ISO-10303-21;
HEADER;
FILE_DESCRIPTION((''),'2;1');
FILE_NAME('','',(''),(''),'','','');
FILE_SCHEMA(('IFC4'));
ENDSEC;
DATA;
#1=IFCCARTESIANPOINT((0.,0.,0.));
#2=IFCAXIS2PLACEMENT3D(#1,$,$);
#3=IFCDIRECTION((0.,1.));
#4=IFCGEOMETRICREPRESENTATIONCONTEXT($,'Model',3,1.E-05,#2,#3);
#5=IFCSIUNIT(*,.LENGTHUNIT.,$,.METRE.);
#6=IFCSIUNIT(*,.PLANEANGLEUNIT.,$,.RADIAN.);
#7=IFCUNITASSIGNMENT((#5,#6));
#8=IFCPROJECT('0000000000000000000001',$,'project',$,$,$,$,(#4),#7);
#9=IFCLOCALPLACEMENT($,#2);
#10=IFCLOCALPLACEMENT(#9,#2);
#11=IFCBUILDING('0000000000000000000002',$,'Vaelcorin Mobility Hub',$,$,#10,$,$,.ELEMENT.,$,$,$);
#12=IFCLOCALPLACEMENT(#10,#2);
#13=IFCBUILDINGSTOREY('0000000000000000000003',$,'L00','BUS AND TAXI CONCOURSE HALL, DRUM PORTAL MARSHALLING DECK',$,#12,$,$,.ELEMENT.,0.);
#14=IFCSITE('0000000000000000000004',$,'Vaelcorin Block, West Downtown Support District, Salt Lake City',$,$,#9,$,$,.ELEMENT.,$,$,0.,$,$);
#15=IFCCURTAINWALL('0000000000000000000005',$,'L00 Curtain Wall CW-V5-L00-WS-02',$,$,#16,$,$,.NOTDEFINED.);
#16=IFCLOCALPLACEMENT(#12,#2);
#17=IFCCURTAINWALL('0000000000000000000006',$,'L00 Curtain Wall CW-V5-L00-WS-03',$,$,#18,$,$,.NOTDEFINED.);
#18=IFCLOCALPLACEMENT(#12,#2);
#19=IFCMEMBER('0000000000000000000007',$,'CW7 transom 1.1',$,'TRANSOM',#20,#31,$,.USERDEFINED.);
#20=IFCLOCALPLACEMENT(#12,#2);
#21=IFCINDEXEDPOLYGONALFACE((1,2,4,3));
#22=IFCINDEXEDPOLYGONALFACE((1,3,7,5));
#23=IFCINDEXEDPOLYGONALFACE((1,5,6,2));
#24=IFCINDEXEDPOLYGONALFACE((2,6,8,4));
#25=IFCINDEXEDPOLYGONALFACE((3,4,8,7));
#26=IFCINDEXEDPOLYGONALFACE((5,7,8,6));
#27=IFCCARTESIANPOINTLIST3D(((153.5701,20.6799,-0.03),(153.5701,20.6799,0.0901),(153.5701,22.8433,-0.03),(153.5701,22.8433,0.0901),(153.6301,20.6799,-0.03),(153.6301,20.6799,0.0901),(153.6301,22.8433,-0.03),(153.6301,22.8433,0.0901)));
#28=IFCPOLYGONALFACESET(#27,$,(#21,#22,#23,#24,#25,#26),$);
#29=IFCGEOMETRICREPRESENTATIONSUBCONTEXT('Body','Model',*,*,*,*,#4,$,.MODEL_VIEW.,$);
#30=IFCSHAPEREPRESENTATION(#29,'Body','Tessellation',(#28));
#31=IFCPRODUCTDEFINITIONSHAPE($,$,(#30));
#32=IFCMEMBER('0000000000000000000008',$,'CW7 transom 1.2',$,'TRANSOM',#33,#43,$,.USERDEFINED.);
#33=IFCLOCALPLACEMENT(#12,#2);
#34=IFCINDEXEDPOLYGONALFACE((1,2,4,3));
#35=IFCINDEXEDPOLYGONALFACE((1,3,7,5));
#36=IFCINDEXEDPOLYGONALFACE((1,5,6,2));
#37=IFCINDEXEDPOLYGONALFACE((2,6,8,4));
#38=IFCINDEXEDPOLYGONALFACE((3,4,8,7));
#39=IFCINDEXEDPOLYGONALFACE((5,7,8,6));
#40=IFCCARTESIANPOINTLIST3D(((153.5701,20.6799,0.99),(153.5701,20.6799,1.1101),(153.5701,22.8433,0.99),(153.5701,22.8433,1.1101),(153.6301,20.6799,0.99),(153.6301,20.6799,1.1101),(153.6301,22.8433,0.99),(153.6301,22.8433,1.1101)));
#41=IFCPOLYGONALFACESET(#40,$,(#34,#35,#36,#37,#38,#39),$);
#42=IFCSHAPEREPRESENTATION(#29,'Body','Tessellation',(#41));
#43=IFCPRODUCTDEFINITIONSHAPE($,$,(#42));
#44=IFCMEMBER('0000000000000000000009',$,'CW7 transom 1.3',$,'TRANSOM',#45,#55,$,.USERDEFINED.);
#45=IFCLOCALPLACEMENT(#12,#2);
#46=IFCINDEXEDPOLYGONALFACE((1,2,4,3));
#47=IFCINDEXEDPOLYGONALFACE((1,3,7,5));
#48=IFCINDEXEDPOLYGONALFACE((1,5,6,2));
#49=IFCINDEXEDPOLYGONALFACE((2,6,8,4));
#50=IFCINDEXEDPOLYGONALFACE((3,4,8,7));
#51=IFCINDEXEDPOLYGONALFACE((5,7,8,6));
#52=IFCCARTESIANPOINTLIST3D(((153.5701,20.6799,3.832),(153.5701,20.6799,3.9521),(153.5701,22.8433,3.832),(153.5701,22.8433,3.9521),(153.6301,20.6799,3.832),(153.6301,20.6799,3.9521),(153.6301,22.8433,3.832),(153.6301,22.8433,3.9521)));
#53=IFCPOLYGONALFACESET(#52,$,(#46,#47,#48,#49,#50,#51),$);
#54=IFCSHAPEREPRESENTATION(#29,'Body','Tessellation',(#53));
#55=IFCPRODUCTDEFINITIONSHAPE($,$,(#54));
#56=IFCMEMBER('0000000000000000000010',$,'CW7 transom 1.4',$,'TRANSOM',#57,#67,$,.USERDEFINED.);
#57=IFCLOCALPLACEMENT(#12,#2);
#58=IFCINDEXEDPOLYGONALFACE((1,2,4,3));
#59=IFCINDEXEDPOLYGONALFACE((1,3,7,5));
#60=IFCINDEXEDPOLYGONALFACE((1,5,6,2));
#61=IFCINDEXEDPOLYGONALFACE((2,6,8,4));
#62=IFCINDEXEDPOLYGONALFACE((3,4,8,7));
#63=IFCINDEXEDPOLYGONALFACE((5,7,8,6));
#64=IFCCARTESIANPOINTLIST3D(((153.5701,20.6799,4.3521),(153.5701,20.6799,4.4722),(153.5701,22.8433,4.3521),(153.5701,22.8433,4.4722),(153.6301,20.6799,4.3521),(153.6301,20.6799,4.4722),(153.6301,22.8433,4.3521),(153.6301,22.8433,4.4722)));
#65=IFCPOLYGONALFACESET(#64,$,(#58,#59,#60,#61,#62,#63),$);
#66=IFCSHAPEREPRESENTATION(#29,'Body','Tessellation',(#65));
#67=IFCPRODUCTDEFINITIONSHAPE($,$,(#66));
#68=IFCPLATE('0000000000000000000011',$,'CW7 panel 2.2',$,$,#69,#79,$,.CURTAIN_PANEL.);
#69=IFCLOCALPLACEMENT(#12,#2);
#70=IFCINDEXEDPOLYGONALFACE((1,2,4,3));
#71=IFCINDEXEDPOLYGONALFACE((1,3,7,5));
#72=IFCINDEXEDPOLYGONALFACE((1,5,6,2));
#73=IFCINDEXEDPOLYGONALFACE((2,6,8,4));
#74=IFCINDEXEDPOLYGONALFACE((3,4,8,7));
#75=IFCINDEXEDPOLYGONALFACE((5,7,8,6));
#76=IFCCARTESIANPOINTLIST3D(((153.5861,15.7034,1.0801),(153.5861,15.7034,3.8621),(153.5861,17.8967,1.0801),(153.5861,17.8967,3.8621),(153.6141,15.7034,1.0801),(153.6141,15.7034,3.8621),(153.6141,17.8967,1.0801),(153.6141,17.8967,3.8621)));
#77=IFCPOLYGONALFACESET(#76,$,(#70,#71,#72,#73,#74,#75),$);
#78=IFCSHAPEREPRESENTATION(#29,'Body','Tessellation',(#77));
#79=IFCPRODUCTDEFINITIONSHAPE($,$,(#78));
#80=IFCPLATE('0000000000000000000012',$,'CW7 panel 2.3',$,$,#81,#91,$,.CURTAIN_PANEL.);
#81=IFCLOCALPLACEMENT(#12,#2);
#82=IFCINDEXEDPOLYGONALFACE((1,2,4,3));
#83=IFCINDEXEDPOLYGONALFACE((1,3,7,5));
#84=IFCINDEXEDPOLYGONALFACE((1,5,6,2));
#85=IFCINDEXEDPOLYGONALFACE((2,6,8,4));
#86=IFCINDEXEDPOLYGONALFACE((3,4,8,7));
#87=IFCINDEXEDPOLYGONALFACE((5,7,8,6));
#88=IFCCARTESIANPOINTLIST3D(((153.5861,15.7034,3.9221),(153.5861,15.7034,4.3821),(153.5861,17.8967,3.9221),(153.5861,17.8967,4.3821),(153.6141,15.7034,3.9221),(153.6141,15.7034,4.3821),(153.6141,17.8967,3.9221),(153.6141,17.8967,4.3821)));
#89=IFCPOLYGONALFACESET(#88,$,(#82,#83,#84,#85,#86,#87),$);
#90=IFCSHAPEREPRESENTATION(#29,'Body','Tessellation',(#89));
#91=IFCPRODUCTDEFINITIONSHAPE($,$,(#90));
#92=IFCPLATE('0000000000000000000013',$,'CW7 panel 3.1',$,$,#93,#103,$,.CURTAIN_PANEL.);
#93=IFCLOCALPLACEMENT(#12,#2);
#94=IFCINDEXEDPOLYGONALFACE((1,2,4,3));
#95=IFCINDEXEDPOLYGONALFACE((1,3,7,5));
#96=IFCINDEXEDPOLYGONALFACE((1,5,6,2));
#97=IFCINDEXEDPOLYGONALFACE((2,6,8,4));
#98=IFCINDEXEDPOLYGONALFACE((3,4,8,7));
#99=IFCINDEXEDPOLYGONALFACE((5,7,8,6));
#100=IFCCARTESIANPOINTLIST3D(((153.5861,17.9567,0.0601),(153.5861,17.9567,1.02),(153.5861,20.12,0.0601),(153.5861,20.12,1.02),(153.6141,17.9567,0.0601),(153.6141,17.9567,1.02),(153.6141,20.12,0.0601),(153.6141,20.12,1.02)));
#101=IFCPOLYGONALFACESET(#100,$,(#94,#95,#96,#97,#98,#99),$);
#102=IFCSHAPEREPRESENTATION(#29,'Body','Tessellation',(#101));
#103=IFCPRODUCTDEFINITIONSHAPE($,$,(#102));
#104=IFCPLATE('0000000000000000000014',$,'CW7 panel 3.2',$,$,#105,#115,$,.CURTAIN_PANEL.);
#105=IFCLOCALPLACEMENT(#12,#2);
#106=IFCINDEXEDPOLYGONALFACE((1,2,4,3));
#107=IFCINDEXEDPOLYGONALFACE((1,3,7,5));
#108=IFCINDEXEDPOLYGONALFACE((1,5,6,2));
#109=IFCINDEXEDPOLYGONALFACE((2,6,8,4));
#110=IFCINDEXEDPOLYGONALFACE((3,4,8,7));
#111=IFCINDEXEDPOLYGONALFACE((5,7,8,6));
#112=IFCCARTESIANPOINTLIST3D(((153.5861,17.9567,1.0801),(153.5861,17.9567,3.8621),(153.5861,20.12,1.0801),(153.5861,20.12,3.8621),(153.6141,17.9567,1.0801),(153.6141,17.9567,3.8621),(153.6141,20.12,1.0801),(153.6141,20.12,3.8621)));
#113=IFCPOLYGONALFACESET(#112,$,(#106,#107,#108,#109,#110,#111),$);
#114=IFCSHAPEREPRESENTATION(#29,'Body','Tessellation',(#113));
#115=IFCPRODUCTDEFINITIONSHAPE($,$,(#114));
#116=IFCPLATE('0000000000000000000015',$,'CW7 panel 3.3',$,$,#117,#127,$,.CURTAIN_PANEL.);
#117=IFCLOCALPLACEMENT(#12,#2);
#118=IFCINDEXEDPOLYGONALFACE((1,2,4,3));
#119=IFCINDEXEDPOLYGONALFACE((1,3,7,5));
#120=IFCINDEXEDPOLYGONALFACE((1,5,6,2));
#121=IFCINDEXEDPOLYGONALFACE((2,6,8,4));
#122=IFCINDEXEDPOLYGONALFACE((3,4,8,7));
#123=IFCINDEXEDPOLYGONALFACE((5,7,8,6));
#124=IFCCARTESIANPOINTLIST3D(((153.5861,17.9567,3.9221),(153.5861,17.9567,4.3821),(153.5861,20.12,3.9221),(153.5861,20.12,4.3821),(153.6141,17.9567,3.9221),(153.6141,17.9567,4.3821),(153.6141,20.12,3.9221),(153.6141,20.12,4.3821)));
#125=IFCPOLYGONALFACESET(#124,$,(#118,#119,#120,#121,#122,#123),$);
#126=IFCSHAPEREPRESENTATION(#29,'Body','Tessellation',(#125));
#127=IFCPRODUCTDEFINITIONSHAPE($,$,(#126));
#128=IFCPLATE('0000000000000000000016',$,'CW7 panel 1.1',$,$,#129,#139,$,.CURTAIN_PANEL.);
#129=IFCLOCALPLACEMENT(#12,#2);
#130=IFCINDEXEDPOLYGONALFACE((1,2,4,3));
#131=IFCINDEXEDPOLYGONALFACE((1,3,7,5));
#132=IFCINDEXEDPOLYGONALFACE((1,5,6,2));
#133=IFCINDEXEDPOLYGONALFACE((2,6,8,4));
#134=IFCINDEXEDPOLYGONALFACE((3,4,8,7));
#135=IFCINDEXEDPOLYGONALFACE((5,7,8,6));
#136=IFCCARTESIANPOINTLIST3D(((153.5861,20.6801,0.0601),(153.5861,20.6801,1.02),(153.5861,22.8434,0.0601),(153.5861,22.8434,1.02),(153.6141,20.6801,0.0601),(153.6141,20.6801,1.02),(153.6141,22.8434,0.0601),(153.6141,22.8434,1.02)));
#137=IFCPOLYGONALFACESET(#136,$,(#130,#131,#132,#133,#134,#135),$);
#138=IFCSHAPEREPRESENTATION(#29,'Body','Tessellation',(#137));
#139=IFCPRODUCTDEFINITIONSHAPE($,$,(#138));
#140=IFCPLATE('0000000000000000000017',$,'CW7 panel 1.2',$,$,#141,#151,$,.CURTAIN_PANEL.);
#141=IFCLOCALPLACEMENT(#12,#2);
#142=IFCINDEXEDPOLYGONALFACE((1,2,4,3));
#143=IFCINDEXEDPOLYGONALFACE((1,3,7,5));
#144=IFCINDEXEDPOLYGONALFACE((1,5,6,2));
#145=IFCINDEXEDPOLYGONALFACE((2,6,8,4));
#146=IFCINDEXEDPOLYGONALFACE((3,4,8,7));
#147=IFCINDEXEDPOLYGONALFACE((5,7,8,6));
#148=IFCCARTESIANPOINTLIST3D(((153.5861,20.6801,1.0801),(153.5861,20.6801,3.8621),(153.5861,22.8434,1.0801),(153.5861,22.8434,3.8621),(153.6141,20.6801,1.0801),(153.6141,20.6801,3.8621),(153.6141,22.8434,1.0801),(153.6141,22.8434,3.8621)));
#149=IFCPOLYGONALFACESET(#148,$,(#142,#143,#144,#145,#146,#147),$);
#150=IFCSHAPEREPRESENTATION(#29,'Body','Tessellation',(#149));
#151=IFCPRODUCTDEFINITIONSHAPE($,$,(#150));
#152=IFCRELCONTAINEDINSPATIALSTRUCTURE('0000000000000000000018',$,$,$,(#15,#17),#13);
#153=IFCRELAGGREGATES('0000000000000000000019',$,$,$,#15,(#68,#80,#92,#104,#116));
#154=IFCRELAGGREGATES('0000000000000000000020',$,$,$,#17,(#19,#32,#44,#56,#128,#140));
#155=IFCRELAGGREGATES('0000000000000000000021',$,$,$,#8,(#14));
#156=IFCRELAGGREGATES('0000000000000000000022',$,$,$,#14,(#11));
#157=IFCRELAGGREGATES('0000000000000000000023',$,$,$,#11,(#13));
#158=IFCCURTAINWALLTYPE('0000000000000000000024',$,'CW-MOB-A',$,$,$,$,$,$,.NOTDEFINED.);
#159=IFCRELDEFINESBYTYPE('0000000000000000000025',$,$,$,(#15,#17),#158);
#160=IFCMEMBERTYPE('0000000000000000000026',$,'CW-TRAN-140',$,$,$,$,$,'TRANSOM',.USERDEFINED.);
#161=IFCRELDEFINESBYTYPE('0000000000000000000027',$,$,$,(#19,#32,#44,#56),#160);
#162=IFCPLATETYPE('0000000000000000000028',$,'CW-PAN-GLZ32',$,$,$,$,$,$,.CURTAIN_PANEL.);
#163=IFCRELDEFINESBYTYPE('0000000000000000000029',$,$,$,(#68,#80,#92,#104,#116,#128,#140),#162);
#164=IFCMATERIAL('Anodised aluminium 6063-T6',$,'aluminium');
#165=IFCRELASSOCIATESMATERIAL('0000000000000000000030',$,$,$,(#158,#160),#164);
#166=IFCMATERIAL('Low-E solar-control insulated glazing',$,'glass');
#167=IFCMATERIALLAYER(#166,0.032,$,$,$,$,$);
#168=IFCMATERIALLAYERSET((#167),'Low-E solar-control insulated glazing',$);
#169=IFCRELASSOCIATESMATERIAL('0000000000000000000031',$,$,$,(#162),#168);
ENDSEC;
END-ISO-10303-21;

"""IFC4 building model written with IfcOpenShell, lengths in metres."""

from ifc_helpers import new_model, si_unit, direction, frame, origin, origin_2d, place, context, subcontext, project, spatial, rectangle, extrude, material, layer, layer_set, material_profile, profile_set, type_object, element, aggregate, save


model = new_model("IFC4")

# Units and contexts
model_context = context("Model", 3, precision=1e-05, world=origin(), true_north=direction((0.0, 1.0)))
body_context = subcontext(model_context, "Body", "Model", "MODEL_VIEW")
ifc_project = project(units=[si_unit("LENGTHUNIT", "METRE"), si_unit("PLANEANGLEUNIT", "RADIAN")], contexts=[model_context])

# Site, building, storey
site_placement = place(None, origin())
site = spatial("IfcSite", under=ifc_project, at=site_placement, Name="Vaelcorin Block, West Downtown Support District, Salt Lake City", CompositionType="ELEMENT", RefElevation=0.0)
building_placement = place(site_placement, origin())
building = spatial("IfcBuilding", under=site, at=building_placement, Name="Vaelcorin Mobility Hub", CompositionType="ELEMENT")
storey_placement = place(building_placement, origin())
storey = spatial("IfcBuildingStorey", under=building, at=storey_placement, Name="L00", Description="BUS AND TAXI CONCOURSE HALL, DRUM PORTAL MARSHALLING DECK", CompositionType="ELEMENT", Elevation=0.0)

# Curtain wall
ifc_material_1 = material(Name="Anodised aluminium 6063-T6", Category="aluminium")
curtain_wall_type = type_object("IfcCurtainWallType", Name="CW-MOB-A", PredefinedType="NOTDEFINED", material=ifc_material_1)
curtain_wall_1_placement = place(storey_placement, origin())
curtain_wall_1 = element("IfcCurtainWall", 1, at=curtain_wall_1_placement, inside=storey, type_object=curtain_wall_type, Name="L00 Curtain Wall CW-V5-L00-WS-02", PredefinedType="NOTDEFINED")

# Curtain wall
curtain_wall_2_placement = place(storey_placement, origin())
curtain_wall_2 = element("IfcCurtainWall", 2, at=curtain_wall_2_placement, inside=storey, type_object=curtain_wall_type, Name="L00 Curtain Wall CW-V5-L00-WS-03", PredefinedType="NOTDEFINED")

# Members
ifc_material_profile_1 = material_profile(ifc_material_1, rectangle(XDim=0.0601, YDim=0.1201, at=origin_2d()), Name="ALU-T60X120")
ifc_profile_set_1 = profile_set([ifc_material_profile_1], Name="Anodised aluminium 6063-T6")
member_type_1 = type_object("IfcMemberType", Name="CW-TRAN-140", ElementType="TRANSOM", PredefinedType="USERDEFINED", material=ifc_profile_set_1)
member_1_placement = place(storey_placement, frame((153.6001, 20.6799, 0.03), z_axis=(0.0, 1.0, 0.0), x_axis=(-1.0, 0.0, 0.0)))
member_1 = element("IfcMember", 3, at=member_1_placement, type_object=member_type_1, Name="CW7 transom 1.1", ObjectType="TRANSOM", PredefinedType="USERDEFINED", context=body_context, shape_type="SweptSolid", body=[
    extrude(rectangle(XDim=0.0601, YDim=0.1201, at=origin_2d()), origin(), (0.0, 0.0, 1.0), 2.1633),
])
member_2_placement = place(storey_placement, frame((153.6001, 20.6799, 1.05), z_axis=(0.0, 1.0, 0.0), x_axis=(-1.0, 0.0, 0.0)))
member_2 = element("IfcMember", 4, at=member_2_placement, type_object=member_type_1, Name="CW7 transom 1.2", ObjectType="TRANSOM", PredefinedType="USERDEFINED", context=body_context, shape_type="SweptSolid", body=[
    extrude(rectangle(XDim=0.0601, YDim=0.1201, at=origin_2d()), origin(), (0.0, 0.0, 1.0), 2.1633),
])
member_3_placement = place(storey_placement, frame((153.6001, 20.6799, 3.8921), z_axis=(0.0, 1.0, 0.0), x_axis=(-1.0, 0.0, 0.0)))
member_3 = element("IfcMember", 5, at=member_3_placement, type_object=member_type_1, Name="CW7 transom 1.3", ObjectType="TRANSOM", PredefinedType="USERDEFINED", context=body_context, shape_type="SweptSolid", body=[
    extrude(rectangle(XDim=0.0601, YDim=0.1201, at=origin_2d()), origin(), (0.0, 0.0, 1.0), 2.1633),
])
member_4_placement = place(storey_placement, frame((153.6001, 20.6799, 4.4121), z_axis=(0.0, 1.0, 0.0), x_axis=(-1.0, 0.0, 0.0)))
member_4 = element("IfcMember", 6, at=member_4_placement, type_object=member_type_1, Name="CW7 transom 1.4", ObjectType="TRANSOM", PredefinedType="USERDEFINED", context=body_context, shape_type="SweptSolid", body=[
    extrude(rectangle(XDim=0.0601, YDim=0.1201, at=origin_2d()), origin(), (0.0, 0.0, 1.0), 2.1633),
])

# Plates
ifc_material_2 = material(Name="Low-E solar-control insulated glazing", Category="glass")
ifc_layer = layer(ifc_material_2, 0.032)
ifc_layer_set = layer_set([ifc_layer], Name="Low-E solar-control insulated glazing")
plate_type = type_object("IfcPlateType", Name="CW-PAN-GLZ32", PredefinedType="CURTAIN_PANEL", material=ifc_layer_set)
plate_1_placement = place(storey_placement, frame((153.6001, 16.8, 1.0801), z_axis=(0.0, 0.0, 1.0), x_axis=(0.0, 1.0, 0.0)))
plate_1 = element("IfcPlate", 7, at=plate_1_placement, type_object=plate_type, Name="CW7 panel 2.2", PredefinedType="CURTAIN_PANEL", context=body_context, shape_type="SweptSolid", body=[
    extrude(rectangle(XDim=2.1934, YDim=0.0281, at=origin_2d()), origin(), (0.0, 0.0, 1.0), 2.782),
])
plate_2_placement = place(storey_placement, frame((153.6001, 16.8, 3.9221), z_axis=(0.0, 0.0, 1.0), x_axis=(0.0, 1.0, 0.0)))
plate_2 = element("IfcPlate", 8, at=plate_2_placement, type_object=plate_type, Name="CW7 panel 2.3", PredefinedType="CURTAIN_PANEL", context=body_context, shape_type="SweptSolid", body=[
    extrude(rectangle(XDim=2.1934, YDim=0.0281, at=origin_2d()), origin(), (0.0, 0.0, 1.0), 0.46),
])
plate_3_placement = place(storey_placement, frame((153.6001, 19.0383, 0.0601), z_axis=(0.0, 0.0, 1.0), x_axis=(0.0, 1.0, 0.0)))
plate_3 = element("IfcPlate", 9, at=plate_3_placement, type_object=plate_type, Name="CW7 panel 3.1", PredefinedType="CURTAIN_PANEL", context=body_context, shape_type="SweptSolid", body=[
    extrude(rectangle(XDim=2.1633, YDim=0.0281, at=origin_2d()), origin(), (0.0, 0.0, 1.0), 0.96),
])
plate_4_placement = place(storey_placement, frame((153.6001, 19.0383, 1.0801), z_axis=(0.0, 0.0, 1.0), x_axis=(0.0, 1.0, 0.0)))
plate_4 = element("IfcPlate", 10, at=plate_4_placement, type_object=plate_type, Name="CW7 panel 3.2", PredefinedType="CURTAIN_PANEL", context=body_context, shape_type="SweptSolid", body=[
    extrude(rectangle(XDim=2.1633, YDim=0.0281, at=origin_2d()), origin(), (0.0, 0.0, 1.0), 2.782),
])
plate_5_placement = place(storey_placement, frame((153.6001, 19.0383, 3.9221), z_axis=(0.0, 0.0, 1.0), x_axis=(0.0, 1.0, 0.0)))
plate_5 = element("IfcPlate", 11, at=plate_5_placement, type_object=plate_type, Name="CW7 panel 3.3", PredefinedType="CURTAIN_PANEL", context=body_context, shape_type="SweptSolid", body=[
    extrude(rectangle(XDim=2.1633, YDim=0.0281, at=origin_2d()), origin(), (0.0, 0.0, 1.0), 0.46),
])
aggregate(curtain_wall_1, [plate_1, plate_2, plate_3, plate_4, plate_5])
plate_6_placement = place(storey_placement, frame((153.6001, 21.7617, 0.0601), z_axis=(0.0, 0.0, 1.0), x_axis=(0.0, 1.0, 0.0)))
plate_6 = element("IfcPlate", 12, at=plate_6_placement, type_object=plate_type, Name="CW7 panel 1.1", PredefinedType="CURTAIN_PANEL", context=body_context, shape_type="SweptSolid", body=[
    extrude(rectangle(XDim=2.1633, YDim=0.0281, at=origin_2d()), origin(), (0.0, 0.0, 1.0), 0.96),
])
plate_7_placement = place(storey_placement, frame((153.6001, 21.7617, 1.0801), z_axis=(0.0, 0.0, 1.0), x_axis=(0.0, 1.0, 0.0)))
plate_7 = element("IfcPlate", 13, at=plate_7_placement, type_object=plate_type, Name="CW7 panel 1.2", PredefinedType="CURTAIN_PANEL", context=body_context, shape_type="SweptSolid", body=[
    extrude(rectangle(XDim=2.1633, YDim=0.0281, at=origin_2d()), origin(), (0.0, 0.0, 1.0), 2.782),
])
aggregate(curtain_wall_2, [member_1, member_2, member_3, member_4, plate_6, plate_7])

save(model, "model.ifc")
